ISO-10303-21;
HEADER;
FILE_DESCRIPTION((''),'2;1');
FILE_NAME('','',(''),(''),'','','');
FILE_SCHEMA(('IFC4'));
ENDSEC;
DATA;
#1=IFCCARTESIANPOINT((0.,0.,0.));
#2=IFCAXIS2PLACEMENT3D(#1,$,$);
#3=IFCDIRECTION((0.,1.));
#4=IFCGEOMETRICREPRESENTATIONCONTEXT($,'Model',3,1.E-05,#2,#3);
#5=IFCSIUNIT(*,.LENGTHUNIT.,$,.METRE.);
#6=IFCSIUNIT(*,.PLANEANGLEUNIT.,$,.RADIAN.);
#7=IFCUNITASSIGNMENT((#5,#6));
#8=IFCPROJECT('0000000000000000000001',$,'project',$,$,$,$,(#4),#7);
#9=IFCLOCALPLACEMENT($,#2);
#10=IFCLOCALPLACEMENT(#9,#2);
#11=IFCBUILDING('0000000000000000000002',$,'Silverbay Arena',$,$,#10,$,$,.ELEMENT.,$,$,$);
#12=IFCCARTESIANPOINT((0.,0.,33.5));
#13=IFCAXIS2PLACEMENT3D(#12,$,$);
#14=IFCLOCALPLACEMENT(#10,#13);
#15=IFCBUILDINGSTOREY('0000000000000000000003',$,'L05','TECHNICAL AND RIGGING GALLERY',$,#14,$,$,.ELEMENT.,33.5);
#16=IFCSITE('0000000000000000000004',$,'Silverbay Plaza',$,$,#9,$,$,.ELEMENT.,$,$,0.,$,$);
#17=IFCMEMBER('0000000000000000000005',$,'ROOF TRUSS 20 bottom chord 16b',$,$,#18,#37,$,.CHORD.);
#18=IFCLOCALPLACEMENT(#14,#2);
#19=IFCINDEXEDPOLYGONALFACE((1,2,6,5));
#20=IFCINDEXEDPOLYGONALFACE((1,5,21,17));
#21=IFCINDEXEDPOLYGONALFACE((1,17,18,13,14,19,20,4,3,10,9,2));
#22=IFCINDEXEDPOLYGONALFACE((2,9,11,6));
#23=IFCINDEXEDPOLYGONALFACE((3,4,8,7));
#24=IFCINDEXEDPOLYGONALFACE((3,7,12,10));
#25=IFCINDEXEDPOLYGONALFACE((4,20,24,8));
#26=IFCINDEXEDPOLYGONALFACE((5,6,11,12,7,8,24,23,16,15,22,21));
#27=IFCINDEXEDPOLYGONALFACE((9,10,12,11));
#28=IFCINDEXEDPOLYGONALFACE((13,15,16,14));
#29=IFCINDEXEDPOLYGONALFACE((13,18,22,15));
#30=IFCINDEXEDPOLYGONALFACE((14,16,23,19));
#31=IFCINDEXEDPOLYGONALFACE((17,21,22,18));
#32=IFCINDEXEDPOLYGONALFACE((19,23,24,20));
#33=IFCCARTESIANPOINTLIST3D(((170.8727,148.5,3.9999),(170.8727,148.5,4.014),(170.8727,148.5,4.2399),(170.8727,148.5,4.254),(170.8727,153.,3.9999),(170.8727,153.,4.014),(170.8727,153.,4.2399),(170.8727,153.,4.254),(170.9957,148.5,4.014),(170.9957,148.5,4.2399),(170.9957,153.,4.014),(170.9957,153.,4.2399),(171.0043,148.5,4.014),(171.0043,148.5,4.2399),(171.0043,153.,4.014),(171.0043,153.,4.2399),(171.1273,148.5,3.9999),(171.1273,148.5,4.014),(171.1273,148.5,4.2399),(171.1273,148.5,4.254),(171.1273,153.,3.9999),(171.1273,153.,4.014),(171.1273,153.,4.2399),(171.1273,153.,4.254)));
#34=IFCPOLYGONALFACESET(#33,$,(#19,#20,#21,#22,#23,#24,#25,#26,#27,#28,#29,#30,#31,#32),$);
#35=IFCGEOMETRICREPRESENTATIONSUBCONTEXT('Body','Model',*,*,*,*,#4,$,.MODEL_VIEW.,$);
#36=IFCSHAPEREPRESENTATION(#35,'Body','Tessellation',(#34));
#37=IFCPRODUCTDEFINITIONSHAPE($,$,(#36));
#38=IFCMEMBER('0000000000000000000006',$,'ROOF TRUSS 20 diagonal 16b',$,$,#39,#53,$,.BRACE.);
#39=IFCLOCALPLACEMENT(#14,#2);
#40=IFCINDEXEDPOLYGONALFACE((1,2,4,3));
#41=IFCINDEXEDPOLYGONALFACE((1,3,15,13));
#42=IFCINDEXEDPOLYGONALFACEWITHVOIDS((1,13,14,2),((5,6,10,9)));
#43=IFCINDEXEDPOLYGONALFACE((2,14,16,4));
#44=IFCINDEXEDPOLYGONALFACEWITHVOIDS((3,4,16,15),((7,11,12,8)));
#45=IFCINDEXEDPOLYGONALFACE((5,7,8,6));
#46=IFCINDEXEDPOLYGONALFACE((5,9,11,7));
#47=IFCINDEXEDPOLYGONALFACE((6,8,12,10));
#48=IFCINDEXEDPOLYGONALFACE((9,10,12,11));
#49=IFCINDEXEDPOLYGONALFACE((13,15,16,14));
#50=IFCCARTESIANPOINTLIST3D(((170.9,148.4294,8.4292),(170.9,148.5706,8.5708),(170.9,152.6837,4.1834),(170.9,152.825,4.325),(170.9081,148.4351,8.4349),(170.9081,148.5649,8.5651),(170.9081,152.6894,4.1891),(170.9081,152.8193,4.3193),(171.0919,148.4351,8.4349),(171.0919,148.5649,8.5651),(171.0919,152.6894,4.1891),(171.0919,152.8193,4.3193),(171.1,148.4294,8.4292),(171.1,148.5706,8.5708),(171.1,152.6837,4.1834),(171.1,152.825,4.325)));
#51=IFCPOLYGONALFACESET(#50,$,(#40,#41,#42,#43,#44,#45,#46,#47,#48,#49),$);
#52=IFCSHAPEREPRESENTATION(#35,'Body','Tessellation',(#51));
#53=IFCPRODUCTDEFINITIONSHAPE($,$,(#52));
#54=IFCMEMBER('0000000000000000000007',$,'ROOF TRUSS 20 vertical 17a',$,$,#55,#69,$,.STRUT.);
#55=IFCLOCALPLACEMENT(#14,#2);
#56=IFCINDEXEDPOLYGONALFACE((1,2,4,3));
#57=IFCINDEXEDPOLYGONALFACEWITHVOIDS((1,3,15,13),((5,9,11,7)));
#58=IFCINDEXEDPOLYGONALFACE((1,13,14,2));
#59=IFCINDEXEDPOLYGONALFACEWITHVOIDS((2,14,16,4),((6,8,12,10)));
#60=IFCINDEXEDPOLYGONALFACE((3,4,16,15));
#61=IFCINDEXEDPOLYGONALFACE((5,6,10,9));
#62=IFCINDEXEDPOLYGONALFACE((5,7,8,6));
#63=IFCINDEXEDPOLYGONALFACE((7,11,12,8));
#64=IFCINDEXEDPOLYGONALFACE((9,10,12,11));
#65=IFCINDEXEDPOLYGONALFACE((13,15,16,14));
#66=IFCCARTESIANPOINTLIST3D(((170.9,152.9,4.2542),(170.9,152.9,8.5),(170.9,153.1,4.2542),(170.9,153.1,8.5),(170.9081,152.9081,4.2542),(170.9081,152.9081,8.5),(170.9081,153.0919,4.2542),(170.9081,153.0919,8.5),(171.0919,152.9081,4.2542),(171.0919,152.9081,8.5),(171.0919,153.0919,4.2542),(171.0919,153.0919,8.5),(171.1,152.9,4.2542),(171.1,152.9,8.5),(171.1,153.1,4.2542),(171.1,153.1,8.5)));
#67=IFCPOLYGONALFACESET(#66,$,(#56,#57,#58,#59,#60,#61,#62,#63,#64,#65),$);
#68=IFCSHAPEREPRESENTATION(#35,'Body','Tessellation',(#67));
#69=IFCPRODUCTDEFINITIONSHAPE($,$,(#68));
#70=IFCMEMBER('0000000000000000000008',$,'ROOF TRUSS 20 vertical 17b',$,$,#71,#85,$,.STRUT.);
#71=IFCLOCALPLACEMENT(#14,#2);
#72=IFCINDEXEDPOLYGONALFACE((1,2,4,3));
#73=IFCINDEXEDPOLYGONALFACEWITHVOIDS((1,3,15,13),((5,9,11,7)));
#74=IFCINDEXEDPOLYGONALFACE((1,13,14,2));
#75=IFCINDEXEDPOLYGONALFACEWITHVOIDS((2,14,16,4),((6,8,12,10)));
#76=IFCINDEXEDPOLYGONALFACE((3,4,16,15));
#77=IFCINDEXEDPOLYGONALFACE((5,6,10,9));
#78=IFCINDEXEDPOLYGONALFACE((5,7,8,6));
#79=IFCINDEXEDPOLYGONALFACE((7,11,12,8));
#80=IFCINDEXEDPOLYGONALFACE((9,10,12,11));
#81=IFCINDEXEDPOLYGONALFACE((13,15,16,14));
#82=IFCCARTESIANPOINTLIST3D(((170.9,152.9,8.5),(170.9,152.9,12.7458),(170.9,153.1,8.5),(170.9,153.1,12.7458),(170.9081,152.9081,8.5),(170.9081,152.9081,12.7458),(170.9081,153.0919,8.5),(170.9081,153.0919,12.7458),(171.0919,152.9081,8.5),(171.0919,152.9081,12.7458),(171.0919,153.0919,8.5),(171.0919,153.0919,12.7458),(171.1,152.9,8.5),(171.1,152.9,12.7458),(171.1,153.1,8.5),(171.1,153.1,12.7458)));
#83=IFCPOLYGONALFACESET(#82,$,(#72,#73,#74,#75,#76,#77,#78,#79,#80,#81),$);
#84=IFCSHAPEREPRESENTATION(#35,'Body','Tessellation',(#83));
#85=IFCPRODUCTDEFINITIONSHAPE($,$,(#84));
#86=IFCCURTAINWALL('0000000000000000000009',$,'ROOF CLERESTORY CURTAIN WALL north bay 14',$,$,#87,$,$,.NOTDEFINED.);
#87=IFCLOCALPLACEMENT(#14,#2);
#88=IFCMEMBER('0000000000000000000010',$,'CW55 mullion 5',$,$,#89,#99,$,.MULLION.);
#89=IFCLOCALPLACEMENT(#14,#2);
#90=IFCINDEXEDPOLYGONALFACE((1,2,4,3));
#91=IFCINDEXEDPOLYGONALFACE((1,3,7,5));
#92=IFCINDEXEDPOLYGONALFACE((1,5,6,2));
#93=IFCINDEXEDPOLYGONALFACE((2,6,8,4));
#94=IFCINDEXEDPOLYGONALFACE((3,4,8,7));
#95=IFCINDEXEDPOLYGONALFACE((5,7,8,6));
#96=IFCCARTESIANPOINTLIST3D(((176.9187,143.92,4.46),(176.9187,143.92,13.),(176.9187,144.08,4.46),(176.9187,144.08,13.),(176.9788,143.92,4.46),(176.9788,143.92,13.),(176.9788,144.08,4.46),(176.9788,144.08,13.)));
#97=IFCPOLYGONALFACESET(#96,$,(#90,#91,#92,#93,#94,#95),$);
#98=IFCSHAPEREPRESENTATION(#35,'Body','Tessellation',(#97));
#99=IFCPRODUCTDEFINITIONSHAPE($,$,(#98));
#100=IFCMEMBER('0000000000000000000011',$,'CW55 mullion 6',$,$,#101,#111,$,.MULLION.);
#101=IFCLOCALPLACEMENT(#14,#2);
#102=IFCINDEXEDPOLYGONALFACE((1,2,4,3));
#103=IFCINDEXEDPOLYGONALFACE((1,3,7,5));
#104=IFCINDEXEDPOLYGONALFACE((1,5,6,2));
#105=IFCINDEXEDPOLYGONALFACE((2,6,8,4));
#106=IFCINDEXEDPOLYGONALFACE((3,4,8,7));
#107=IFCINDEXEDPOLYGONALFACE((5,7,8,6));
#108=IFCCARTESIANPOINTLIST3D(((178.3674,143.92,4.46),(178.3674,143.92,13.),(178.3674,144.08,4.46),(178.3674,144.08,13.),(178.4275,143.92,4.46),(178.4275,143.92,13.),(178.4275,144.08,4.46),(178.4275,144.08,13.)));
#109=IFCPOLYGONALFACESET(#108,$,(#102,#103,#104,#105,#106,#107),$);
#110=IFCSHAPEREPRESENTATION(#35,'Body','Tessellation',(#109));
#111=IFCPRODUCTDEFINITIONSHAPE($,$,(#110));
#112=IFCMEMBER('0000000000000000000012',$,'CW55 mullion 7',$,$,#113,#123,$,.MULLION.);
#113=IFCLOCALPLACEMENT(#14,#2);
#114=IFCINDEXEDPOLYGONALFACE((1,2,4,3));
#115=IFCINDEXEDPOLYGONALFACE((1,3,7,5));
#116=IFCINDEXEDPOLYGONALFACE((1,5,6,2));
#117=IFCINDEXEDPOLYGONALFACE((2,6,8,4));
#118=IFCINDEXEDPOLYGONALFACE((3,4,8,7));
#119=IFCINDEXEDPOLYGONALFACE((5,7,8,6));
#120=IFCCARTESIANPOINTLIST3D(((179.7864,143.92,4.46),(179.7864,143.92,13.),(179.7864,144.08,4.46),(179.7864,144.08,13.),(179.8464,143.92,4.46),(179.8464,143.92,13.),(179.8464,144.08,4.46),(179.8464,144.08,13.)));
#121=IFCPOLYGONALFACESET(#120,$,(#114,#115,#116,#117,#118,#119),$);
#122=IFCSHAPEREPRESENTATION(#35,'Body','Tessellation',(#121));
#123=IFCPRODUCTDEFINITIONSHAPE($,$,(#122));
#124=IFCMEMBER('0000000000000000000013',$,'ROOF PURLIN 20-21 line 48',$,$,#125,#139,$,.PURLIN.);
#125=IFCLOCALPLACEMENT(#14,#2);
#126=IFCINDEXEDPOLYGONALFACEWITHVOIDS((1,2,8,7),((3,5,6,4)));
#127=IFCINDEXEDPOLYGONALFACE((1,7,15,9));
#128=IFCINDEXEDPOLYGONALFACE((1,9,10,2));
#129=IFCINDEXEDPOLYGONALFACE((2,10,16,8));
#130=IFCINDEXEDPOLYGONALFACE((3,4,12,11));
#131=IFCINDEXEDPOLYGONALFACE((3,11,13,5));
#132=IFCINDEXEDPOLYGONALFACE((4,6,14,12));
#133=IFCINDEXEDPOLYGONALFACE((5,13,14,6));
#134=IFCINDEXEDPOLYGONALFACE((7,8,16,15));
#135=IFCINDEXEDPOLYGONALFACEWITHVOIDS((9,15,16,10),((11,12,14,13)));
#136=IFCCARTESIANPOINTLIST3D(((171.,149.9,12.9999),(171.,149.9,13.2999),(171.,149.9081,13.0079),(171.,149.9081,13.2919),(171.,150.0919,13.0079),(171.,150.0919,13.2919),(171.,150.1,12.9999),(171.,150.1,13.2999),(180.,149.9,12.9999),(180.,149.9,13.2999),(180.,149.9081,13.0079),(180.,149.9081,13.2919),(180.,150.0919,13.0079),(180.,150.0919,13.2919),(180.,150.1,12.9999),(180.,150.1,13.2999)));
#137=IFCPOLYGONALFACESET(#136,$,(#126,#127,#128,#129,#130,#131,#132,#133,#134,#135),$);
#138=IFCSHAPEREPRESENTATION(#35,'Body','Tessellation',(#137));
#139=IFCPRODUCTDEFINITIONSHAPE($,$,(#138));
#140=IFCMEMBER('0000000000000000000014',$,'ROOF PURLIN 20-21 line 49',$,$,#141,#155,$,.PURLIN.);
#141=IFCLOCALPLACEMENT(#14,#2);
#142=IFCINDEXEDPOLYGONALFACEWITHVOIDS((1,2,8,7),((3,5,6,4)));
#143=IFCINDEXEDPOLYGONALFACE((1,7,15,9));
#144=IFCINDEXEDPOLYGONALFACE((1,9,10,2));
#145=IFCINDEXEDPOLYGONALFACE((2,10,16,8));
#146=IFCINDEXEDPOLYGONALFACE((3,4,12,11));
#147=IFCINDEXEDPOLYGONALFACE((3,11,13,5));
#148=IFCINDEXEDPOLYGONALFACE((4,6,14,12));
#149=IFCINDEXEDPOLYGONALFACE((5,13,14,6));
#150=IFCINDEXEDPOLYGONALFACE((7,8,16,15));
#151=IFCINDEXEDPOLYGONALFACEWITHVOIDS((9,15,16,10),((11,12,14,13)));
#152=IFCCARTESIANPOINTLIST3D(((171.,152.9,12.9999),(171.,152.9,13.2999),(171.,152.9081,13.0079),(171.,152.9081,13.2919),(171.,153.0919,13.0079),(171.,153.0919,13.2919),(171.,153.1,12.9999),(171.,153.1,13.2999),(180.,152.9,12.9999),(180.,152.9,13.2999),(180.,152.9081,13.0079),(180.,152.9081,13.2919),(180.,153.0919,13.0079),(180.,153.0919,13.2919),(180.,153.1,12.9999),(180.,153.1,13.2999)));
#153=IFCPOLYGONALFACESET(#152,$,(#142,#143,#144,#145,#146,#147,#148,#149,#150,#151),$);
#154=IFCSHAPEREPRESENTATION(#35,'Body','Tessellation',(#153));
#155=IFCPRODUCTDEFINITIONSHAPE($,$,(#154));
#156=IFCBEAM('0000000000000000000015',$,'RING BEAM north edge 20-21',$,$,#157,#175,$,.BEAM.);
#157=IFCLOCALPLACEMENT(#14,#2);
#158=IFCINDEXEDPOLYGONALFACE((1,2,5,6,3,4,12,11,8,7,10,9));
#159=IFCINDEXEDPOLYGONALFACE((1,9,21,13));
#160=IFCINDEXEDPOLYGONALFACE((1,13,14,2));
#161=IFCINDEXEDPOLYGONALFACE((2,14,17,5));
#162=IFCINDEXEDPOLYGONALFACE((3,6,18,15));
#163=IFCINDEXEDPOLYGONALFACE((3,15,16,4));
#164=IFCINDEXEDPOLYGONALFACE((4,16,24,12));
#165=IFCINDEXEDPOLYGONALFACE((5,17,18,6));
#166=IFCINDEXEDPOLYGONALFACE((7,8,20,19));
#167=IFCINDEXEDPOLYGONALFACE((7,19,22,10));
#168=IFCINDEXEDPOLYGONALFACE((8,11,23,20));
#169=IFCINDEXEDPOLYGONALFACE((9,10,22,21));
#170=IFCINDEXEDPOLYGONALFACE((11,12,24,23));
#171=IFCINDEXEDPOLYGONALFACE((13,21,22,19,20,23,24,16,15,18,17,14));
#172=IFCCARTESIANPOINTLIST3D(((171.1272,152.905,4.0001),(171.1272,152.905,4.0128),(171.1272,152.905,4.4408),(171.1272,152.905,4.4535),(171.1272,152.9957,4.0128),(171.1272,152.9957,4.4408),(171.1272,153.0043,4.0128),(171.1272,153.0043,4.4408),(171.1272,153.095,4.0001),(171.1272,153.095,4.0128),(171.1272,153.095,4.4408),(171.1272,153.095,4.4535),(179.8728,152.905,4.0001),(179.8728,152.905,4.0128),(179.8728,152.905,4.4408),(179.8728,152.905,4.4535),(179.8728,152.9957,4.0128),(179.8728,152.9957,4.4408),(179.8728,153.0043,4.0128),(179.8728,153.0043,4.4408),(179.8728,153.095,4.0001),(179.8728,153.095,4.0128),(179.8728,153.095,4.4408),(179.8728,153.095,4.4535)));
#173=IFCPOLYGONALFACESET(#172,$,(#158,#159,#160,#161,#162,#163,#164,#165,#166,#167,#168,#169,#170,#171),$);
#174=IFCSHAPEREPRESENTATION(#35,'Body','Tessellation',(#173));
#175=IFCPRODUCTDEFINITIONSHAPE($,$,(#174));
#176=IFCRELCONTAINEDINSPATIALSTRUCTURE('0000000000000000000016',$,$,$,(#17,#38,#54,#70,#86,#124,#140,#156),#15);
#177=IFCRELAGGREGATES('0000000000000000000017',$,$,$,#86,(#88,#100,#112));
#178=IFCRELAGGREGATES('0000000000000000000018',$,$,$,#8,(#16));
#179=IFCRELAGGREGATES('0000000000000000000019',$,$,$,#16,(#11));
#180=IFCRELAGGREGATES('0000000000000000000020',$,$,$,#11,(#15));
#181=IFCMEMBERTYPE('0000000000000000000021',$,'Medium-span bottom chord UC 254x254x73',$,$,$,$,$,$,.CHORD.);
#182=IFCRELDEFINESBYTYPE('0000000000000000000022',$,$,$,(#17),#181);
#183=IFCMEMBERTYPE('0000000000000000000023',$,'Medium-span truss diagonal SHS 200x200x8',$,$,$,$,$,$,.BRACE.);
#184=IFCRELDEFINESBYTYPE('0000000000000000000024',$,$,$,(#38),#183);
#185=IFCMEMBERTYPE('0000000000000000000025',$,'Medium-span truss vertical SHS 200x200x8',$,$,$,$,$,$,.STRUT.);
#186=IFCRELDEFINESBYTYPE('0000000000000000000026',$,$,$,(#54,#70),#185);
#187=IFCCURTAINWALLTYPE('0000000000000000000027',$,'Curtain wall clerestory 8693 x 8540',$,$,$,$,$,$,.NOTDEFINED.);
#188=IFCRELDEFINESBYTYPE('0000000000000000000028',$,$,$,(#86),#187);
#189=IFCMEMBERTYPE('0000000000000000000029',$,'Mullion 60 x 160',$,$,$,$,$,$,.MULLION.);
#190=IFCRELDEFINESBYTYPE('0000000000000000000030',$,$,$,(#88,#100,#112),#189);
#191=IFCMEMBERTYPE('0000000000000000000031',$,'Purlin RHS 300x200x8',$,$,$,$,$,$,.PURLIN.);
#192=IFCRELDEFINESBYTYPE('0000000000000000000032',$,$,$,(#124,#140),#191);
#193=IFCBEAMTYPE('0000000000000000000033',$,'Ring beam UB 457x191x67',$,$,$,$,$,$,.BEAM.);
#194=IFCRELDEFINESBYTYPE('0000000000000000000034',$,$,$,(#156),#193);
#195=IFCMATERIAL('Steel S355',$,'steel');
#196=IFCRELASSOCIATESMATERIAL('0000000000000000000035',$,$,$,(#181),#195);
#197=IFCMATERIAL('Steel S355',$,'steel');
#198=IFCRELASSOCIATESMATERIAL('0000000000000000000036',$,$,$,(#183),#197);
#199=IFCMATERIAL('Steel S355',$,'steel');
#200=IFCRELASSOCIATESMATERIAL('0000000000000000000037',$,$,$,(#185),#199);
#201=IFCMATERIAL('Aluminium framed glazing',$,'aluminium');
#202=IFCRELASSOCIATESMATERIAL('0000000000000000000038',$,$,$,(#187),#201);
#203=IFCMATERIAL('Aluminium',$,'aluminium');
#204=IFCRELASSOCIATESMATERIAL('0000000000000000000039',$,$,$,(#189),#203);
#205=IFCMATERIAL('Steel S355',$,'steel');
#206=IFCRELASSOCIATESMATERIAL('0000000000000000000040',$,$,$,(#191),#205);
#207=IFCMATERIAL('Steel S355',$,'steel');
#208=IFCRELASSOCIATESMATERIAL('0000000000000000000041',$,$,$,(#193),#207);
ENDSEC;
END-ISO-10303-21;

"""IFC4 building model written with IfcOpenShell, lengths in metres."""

from ifc_helpers import new_model, si_unit, direction, frame, origin, origin_2d, place, context, subcontext, project, spatial, rectangle, hollow_rectangle, i_section, extrude, material, material_profile, profile_set, type_object, element, aggregate, save


model = new_model("IFC4")

# Units and contexts
model_context = context("Model", 3, precision=1e-05, world=origin(), true_north=direction((0.0, 1.0)))
body_context = subcontext(model_context, "Body", "Model", "MODEL_VIEW")
ifc_project = project(units=[si_unit("LENGTHUNIT", "METRE"), si_unit("PLANEANGLEUNIT", "RADIAN")], contexts=[model_context])

# Site, building, storey
site_placement = place(None, origin())
site = spatial("IfcSite", under=ifc_project, at=site_placement, Name="Silverbay Plaza", CompositionType="ELEMENT", RefElevation=0.0)
building_placement = place(site_placement, origin())
building = spatial("IfcBuilding", under=site, at=building_placement, Name="Silverbay Arena", CompositionType="ELEMENT")
storey_placement = place(building_placement, frame((0.0, 0.0, 33.5)))
storey = spatial("IfcBuildingStorey", under=building, at=storey_placement, Name="L05", Description="TECHNICAL AND RIGGING GALLERY", CompositionType="ELEMENT", Elevation=33.5)

# Members
ifc_material_1 = material(Name="Steel S355", Category="steel")
ifc_material_profile_1 = material_profile(ifc_material_1, i_section(OverallWidth=0.2546, OverallDepth=0.2542, WebThickness=0.0085, FlangeThickness=0.0142, at=origin_2d()), Name="UC 254x254x73")
ifc_profile_set_1 = profile_set([ifc_material_profile_1], Name="Steel S355")
member_type_1 = type_object("IfcMemberType", Name="Medium-span bottom chord UC 254x254x73", PredefinedType="CHORD", material=ifc_profile_set_1)
member_1_placement = place(storey_placement, frame((171.0, 148.5, 4.127), z_axis=(0.0, 1.0, 0.0), x_axis=(-1.0, 0.0, 0.0)))
element("IfcMember", 1, at=member_1_placement, inside=storey, type_object=member_type_1, Name="ROOF TRUSS 20 bottom chord 16b", PredefinedType="CHORD", context=body_context, shape_type="SweptSolid", body=[
    extrude(i_section(OverallWidth=0.2546, OverallDepth=0.2542, WebThickness=0.0085, FlangeThickness=0.0142, at=origin_2d()), origin(), (0.0, 0.0, 1.0), 4.5),
])
ifc_material_2 = material(Name="Steel S355", Category="steel")
ifc_material_profile_2 = material_profile(ifc_material_2, hollow_rectangle(XDim=0.2, YDim=0.2, WallThickness=0.0081, at=origin_2d()), Name="SHS 200x200x8")
ifc_profile_set_2 = profile_set([ifc_material_profile_2], Name="Steel S355")
member_type_2 = type_object("IfcMemberType", Name="Medium-span truss diagonal SHS 200x200x8", PredefinedType="BRACE", material=ifc_profile_set_2)
member_2_placement = place(storey_placement, frame((171.0, 148.5, 8.5), z_axis=(0.0, 0.707817, -0.706396), x_axis=(-1.0, 0.0, 0.0)))
element("IfcMember", 2, at=member_2_placement, inside=storey, type_object=member_type_2, Name="ROOF TRUSS 20 diagonal 16b", PredefinedType="BRACE", context=body_context, shape_type="SweptSolid", body=[
    extrude(hollow_rectangle(XDim=0.2, YDim=0.2, WallThickness=0.0081, at=origin_2d()), origin(), (0.0, 0.0, 1.0), 6.0105),
])
ifc_material_3 = material(Name="Steel S355", Category="steel")
ifc_material_profile_3 = material_profile(ifc_material_3, hollow_rectangle(XDim=0.2, YDim=0.2, WallThickness=0.0081, at=origin_2d()), Name="SHS 200x200x8")
ifc_profile_set_3 = profile_set([ifc_material_profile_3], Name="Steel S355")
member_type_3 = type_object("IfcMemberType", Name="Medium-span truss vertical SHS 200x200x8", PredefinedType="STRUT", material=ifc_profile_set_3)
for number, where, z_axis, x_axis, name in (
    (3, (171.0, 153.0, 4.2542), (0.0, 0.0, 1.0), (1.0, 0.0, 0.0), "ROOF TRUSS 20 vertical 17a"),
    (4, (171.0, 153.0, 8.5), (0.0, 0.0, 1.0), (1.0, 0.0, 0.0), "ROOF TRUSS 20 vertical 17b"),
):
    element("IfcMember", number, at=place(storey_placement, frame(where, z_axis=z_axis, x_axis=x_axis)), inside=storey, type_object=member_type_3, Name=name, PredefinedType="STRUT", context=body_context, shape_type="SweptSolid", body=[
        extrude(hollow_rectangle(XDim=0.2, YDim=0.2, WallThickness=0.0081, at=origin_2d()), origin(), (0.0, 0.0, 1.0), 4.2458),
    ])

# Curtain wall, members
ifc_material_4 = material(Name="Aluminium framed glazing", Category="aluminium")
curtain_wall_type = type_object("IfcCurtainWallType", Name="Curtain wall clerestory 8693 x 8540", PredefinedType="NOTDEFINED", material=ifc_material_4)
curtain_wall_placement = place(storey_placement, origin())
curtain_wall = element("IfcCurtainWall", 5, at=curtain_wall_placement, inside=storey, type_object=curtain_wall_type, Name="ROOF CLERESTORY CURTAIN WALL north bay 14", PredefinedType="NOTDEFINED")
ifc_material_5 = material(Name="Aluminium", Category="aluminium")
ifc_material_profile_4 = material_profile(ifc_material_5, rectangle(XDim=0.1599, YDim=0.0601, at=origin_2d()), Name="Mullion 60 x 160")
ifc_profile_set_4 = profile_set([ifc_material_profile_4], Name="Aluminium")
member_type_4 = type_object("IfcMemberType", Name="Mullion 60 x 160", PredefinedType="MULLION", material=ifc_profile_set_4)
member_3_placement = place(storey_placement, frame((176.9487, 144.0, 4.46), z_axis=(0.0, 0.0, 1.0), x_axis=(0.0, 1.0, 0.0)))
member_3 = element("IfcMember", 6, at=member_3_placement, type_object=member_type_4, Name="CW55 mullion 5", PredefinedType="MULLION", context=body_context, shape_type="SweptSolid", body=[
    extrude(rectangle(XDim=0.1599, YDim=0.0601, at=origin_2d()), origin(), (0.0, 0.0, 1.0), 8.54),
])
member_4_placement = place(storey_placement, frame((178.3975, 144.0, 4.46), z_axis=(0.0, 0.0, 1.0), x_axis=(0.0, 1.0, 0.0)))
member_4 = element("IfcMember", 7, at=member_4_placement, type_object=member_type_4, Name="CW55 mullion 6", PredefinedType="MULLION", context=body_context, shape_type="SweptSolid", body=[
    extrude(rectangle(XDim=0.1599, YDim=0.0601, at=origin_2d()), origin(), (0.0, 0.0, 1.0), 8.54),
])
member_5_placement = place(storey_placement, frame((179.8164, 144.0, 4.46), z_axis=(0.0, 0.0, 1.0), x_axis=(0.0, 1.0, 0.0)))
member_5 = element("IfcMember", 8, at=member_5_placement, type_object=member_type_4, Name="CW55 mullion 7", PredefinedType="MULLION", context=body_context, shape_type="SweptSolid", body=[
    extrude(rectangle(XDim=0.1599, YDim=0.0601, at=origin_2d()), origin(), (0.0, 0.0, 1.0), 8.54),
])

# Members
ifc_material_6 = material(Name="Steel S355", Category="steel")
ifc_material_profile_5 = material_profile(ifc_material_6, hollow_rectangle(XDim=0.2, YDim=0.3, WallThickness=0.0081, at=origin_2d()), Name="RHS 300x200x8")
ifc_profile_set_5 = profile_set([ifc_material_profile_5], Name="Steel S355")
member_type_5 = type_object("IfcMemberType", Name="Purlin RHS 300x200x8", PredefinedType="PURLIN", material=ifc_profile_set_5)
for number, where, z_axis, x_axis, name in (
    (9, (171.0, 150.0, 13.1499), (1.0, 0.0, 0.0), (0.0, 1.0, 0.0), "ROOF PURLIN 20-21 line 48"),
    (10, (171.0, 153.0, 13.1499), (1.0, 0.0, 0.0), (0.0, 1.0, 0.0), "ROOF PURLIN 20-21 line 49"),
):
    element("IfcMember", number, at=place(storey_placement, frame(where, z_axis=z_axis, x_axis=x_axis)), inside=storey, type_object=member_type_5, Name=name, PredefinedType="PURLIN", context=body_context, shape_type="SweptSolid", body=[
        extrude(hollow_rectangle(XDim=0.2, YDim=0.3, WallThickness=0.0081, at=origin_2d()), origin(), (0.0, 0.0, 1.0), 9.0),
    ])

# Beam
ifc_material_7 = material(Name="Steel S355", Category="steel")
ifc_material_profile_6 = material_profile(ifc_material_7, i_section(OverallWidth=0.1899, OverallDepth=0.4534, WebThickness=0.0085, FlangeThickness=0.0127, at=origin_2d()), Name="UB 457x191x67")
ifc_profile_set_6 = profile_set([ifc_material_profile_6], Name="Steel S355")
beam_type = type_object("IfcBeamType", Name="Ring beam UB 457x191x67", PredefinedType="BEAM", material=ifc_profile_set_6)
beam_placement = place(storey_placement, frame((171.1272, 153.0, 4.2268), z_axis=(1.0, 0.0, 0.0), x_axis=(0.0, 1.0, 0.0)))
element("IfcBeam", 11, at=beam_placement, inside=storey, type_object=beam_type, Name="RING BEAM north edge 20-21", PredefinedType="BEAM", context=body_context, shape_type="SweptSolid", body=[
    extrude(i_section(OverallWidth=0.1899, OverallDepth=0.4534, WebThickness=0.0085, FlangeThickness=0.0127, at=origin_2d()), origin(), (0.0, 0.0, 1.0), 8.7456),
])

aggregate(curtain_wall, [member_3, member_4, member_5])

save(model, "model.ifc")
